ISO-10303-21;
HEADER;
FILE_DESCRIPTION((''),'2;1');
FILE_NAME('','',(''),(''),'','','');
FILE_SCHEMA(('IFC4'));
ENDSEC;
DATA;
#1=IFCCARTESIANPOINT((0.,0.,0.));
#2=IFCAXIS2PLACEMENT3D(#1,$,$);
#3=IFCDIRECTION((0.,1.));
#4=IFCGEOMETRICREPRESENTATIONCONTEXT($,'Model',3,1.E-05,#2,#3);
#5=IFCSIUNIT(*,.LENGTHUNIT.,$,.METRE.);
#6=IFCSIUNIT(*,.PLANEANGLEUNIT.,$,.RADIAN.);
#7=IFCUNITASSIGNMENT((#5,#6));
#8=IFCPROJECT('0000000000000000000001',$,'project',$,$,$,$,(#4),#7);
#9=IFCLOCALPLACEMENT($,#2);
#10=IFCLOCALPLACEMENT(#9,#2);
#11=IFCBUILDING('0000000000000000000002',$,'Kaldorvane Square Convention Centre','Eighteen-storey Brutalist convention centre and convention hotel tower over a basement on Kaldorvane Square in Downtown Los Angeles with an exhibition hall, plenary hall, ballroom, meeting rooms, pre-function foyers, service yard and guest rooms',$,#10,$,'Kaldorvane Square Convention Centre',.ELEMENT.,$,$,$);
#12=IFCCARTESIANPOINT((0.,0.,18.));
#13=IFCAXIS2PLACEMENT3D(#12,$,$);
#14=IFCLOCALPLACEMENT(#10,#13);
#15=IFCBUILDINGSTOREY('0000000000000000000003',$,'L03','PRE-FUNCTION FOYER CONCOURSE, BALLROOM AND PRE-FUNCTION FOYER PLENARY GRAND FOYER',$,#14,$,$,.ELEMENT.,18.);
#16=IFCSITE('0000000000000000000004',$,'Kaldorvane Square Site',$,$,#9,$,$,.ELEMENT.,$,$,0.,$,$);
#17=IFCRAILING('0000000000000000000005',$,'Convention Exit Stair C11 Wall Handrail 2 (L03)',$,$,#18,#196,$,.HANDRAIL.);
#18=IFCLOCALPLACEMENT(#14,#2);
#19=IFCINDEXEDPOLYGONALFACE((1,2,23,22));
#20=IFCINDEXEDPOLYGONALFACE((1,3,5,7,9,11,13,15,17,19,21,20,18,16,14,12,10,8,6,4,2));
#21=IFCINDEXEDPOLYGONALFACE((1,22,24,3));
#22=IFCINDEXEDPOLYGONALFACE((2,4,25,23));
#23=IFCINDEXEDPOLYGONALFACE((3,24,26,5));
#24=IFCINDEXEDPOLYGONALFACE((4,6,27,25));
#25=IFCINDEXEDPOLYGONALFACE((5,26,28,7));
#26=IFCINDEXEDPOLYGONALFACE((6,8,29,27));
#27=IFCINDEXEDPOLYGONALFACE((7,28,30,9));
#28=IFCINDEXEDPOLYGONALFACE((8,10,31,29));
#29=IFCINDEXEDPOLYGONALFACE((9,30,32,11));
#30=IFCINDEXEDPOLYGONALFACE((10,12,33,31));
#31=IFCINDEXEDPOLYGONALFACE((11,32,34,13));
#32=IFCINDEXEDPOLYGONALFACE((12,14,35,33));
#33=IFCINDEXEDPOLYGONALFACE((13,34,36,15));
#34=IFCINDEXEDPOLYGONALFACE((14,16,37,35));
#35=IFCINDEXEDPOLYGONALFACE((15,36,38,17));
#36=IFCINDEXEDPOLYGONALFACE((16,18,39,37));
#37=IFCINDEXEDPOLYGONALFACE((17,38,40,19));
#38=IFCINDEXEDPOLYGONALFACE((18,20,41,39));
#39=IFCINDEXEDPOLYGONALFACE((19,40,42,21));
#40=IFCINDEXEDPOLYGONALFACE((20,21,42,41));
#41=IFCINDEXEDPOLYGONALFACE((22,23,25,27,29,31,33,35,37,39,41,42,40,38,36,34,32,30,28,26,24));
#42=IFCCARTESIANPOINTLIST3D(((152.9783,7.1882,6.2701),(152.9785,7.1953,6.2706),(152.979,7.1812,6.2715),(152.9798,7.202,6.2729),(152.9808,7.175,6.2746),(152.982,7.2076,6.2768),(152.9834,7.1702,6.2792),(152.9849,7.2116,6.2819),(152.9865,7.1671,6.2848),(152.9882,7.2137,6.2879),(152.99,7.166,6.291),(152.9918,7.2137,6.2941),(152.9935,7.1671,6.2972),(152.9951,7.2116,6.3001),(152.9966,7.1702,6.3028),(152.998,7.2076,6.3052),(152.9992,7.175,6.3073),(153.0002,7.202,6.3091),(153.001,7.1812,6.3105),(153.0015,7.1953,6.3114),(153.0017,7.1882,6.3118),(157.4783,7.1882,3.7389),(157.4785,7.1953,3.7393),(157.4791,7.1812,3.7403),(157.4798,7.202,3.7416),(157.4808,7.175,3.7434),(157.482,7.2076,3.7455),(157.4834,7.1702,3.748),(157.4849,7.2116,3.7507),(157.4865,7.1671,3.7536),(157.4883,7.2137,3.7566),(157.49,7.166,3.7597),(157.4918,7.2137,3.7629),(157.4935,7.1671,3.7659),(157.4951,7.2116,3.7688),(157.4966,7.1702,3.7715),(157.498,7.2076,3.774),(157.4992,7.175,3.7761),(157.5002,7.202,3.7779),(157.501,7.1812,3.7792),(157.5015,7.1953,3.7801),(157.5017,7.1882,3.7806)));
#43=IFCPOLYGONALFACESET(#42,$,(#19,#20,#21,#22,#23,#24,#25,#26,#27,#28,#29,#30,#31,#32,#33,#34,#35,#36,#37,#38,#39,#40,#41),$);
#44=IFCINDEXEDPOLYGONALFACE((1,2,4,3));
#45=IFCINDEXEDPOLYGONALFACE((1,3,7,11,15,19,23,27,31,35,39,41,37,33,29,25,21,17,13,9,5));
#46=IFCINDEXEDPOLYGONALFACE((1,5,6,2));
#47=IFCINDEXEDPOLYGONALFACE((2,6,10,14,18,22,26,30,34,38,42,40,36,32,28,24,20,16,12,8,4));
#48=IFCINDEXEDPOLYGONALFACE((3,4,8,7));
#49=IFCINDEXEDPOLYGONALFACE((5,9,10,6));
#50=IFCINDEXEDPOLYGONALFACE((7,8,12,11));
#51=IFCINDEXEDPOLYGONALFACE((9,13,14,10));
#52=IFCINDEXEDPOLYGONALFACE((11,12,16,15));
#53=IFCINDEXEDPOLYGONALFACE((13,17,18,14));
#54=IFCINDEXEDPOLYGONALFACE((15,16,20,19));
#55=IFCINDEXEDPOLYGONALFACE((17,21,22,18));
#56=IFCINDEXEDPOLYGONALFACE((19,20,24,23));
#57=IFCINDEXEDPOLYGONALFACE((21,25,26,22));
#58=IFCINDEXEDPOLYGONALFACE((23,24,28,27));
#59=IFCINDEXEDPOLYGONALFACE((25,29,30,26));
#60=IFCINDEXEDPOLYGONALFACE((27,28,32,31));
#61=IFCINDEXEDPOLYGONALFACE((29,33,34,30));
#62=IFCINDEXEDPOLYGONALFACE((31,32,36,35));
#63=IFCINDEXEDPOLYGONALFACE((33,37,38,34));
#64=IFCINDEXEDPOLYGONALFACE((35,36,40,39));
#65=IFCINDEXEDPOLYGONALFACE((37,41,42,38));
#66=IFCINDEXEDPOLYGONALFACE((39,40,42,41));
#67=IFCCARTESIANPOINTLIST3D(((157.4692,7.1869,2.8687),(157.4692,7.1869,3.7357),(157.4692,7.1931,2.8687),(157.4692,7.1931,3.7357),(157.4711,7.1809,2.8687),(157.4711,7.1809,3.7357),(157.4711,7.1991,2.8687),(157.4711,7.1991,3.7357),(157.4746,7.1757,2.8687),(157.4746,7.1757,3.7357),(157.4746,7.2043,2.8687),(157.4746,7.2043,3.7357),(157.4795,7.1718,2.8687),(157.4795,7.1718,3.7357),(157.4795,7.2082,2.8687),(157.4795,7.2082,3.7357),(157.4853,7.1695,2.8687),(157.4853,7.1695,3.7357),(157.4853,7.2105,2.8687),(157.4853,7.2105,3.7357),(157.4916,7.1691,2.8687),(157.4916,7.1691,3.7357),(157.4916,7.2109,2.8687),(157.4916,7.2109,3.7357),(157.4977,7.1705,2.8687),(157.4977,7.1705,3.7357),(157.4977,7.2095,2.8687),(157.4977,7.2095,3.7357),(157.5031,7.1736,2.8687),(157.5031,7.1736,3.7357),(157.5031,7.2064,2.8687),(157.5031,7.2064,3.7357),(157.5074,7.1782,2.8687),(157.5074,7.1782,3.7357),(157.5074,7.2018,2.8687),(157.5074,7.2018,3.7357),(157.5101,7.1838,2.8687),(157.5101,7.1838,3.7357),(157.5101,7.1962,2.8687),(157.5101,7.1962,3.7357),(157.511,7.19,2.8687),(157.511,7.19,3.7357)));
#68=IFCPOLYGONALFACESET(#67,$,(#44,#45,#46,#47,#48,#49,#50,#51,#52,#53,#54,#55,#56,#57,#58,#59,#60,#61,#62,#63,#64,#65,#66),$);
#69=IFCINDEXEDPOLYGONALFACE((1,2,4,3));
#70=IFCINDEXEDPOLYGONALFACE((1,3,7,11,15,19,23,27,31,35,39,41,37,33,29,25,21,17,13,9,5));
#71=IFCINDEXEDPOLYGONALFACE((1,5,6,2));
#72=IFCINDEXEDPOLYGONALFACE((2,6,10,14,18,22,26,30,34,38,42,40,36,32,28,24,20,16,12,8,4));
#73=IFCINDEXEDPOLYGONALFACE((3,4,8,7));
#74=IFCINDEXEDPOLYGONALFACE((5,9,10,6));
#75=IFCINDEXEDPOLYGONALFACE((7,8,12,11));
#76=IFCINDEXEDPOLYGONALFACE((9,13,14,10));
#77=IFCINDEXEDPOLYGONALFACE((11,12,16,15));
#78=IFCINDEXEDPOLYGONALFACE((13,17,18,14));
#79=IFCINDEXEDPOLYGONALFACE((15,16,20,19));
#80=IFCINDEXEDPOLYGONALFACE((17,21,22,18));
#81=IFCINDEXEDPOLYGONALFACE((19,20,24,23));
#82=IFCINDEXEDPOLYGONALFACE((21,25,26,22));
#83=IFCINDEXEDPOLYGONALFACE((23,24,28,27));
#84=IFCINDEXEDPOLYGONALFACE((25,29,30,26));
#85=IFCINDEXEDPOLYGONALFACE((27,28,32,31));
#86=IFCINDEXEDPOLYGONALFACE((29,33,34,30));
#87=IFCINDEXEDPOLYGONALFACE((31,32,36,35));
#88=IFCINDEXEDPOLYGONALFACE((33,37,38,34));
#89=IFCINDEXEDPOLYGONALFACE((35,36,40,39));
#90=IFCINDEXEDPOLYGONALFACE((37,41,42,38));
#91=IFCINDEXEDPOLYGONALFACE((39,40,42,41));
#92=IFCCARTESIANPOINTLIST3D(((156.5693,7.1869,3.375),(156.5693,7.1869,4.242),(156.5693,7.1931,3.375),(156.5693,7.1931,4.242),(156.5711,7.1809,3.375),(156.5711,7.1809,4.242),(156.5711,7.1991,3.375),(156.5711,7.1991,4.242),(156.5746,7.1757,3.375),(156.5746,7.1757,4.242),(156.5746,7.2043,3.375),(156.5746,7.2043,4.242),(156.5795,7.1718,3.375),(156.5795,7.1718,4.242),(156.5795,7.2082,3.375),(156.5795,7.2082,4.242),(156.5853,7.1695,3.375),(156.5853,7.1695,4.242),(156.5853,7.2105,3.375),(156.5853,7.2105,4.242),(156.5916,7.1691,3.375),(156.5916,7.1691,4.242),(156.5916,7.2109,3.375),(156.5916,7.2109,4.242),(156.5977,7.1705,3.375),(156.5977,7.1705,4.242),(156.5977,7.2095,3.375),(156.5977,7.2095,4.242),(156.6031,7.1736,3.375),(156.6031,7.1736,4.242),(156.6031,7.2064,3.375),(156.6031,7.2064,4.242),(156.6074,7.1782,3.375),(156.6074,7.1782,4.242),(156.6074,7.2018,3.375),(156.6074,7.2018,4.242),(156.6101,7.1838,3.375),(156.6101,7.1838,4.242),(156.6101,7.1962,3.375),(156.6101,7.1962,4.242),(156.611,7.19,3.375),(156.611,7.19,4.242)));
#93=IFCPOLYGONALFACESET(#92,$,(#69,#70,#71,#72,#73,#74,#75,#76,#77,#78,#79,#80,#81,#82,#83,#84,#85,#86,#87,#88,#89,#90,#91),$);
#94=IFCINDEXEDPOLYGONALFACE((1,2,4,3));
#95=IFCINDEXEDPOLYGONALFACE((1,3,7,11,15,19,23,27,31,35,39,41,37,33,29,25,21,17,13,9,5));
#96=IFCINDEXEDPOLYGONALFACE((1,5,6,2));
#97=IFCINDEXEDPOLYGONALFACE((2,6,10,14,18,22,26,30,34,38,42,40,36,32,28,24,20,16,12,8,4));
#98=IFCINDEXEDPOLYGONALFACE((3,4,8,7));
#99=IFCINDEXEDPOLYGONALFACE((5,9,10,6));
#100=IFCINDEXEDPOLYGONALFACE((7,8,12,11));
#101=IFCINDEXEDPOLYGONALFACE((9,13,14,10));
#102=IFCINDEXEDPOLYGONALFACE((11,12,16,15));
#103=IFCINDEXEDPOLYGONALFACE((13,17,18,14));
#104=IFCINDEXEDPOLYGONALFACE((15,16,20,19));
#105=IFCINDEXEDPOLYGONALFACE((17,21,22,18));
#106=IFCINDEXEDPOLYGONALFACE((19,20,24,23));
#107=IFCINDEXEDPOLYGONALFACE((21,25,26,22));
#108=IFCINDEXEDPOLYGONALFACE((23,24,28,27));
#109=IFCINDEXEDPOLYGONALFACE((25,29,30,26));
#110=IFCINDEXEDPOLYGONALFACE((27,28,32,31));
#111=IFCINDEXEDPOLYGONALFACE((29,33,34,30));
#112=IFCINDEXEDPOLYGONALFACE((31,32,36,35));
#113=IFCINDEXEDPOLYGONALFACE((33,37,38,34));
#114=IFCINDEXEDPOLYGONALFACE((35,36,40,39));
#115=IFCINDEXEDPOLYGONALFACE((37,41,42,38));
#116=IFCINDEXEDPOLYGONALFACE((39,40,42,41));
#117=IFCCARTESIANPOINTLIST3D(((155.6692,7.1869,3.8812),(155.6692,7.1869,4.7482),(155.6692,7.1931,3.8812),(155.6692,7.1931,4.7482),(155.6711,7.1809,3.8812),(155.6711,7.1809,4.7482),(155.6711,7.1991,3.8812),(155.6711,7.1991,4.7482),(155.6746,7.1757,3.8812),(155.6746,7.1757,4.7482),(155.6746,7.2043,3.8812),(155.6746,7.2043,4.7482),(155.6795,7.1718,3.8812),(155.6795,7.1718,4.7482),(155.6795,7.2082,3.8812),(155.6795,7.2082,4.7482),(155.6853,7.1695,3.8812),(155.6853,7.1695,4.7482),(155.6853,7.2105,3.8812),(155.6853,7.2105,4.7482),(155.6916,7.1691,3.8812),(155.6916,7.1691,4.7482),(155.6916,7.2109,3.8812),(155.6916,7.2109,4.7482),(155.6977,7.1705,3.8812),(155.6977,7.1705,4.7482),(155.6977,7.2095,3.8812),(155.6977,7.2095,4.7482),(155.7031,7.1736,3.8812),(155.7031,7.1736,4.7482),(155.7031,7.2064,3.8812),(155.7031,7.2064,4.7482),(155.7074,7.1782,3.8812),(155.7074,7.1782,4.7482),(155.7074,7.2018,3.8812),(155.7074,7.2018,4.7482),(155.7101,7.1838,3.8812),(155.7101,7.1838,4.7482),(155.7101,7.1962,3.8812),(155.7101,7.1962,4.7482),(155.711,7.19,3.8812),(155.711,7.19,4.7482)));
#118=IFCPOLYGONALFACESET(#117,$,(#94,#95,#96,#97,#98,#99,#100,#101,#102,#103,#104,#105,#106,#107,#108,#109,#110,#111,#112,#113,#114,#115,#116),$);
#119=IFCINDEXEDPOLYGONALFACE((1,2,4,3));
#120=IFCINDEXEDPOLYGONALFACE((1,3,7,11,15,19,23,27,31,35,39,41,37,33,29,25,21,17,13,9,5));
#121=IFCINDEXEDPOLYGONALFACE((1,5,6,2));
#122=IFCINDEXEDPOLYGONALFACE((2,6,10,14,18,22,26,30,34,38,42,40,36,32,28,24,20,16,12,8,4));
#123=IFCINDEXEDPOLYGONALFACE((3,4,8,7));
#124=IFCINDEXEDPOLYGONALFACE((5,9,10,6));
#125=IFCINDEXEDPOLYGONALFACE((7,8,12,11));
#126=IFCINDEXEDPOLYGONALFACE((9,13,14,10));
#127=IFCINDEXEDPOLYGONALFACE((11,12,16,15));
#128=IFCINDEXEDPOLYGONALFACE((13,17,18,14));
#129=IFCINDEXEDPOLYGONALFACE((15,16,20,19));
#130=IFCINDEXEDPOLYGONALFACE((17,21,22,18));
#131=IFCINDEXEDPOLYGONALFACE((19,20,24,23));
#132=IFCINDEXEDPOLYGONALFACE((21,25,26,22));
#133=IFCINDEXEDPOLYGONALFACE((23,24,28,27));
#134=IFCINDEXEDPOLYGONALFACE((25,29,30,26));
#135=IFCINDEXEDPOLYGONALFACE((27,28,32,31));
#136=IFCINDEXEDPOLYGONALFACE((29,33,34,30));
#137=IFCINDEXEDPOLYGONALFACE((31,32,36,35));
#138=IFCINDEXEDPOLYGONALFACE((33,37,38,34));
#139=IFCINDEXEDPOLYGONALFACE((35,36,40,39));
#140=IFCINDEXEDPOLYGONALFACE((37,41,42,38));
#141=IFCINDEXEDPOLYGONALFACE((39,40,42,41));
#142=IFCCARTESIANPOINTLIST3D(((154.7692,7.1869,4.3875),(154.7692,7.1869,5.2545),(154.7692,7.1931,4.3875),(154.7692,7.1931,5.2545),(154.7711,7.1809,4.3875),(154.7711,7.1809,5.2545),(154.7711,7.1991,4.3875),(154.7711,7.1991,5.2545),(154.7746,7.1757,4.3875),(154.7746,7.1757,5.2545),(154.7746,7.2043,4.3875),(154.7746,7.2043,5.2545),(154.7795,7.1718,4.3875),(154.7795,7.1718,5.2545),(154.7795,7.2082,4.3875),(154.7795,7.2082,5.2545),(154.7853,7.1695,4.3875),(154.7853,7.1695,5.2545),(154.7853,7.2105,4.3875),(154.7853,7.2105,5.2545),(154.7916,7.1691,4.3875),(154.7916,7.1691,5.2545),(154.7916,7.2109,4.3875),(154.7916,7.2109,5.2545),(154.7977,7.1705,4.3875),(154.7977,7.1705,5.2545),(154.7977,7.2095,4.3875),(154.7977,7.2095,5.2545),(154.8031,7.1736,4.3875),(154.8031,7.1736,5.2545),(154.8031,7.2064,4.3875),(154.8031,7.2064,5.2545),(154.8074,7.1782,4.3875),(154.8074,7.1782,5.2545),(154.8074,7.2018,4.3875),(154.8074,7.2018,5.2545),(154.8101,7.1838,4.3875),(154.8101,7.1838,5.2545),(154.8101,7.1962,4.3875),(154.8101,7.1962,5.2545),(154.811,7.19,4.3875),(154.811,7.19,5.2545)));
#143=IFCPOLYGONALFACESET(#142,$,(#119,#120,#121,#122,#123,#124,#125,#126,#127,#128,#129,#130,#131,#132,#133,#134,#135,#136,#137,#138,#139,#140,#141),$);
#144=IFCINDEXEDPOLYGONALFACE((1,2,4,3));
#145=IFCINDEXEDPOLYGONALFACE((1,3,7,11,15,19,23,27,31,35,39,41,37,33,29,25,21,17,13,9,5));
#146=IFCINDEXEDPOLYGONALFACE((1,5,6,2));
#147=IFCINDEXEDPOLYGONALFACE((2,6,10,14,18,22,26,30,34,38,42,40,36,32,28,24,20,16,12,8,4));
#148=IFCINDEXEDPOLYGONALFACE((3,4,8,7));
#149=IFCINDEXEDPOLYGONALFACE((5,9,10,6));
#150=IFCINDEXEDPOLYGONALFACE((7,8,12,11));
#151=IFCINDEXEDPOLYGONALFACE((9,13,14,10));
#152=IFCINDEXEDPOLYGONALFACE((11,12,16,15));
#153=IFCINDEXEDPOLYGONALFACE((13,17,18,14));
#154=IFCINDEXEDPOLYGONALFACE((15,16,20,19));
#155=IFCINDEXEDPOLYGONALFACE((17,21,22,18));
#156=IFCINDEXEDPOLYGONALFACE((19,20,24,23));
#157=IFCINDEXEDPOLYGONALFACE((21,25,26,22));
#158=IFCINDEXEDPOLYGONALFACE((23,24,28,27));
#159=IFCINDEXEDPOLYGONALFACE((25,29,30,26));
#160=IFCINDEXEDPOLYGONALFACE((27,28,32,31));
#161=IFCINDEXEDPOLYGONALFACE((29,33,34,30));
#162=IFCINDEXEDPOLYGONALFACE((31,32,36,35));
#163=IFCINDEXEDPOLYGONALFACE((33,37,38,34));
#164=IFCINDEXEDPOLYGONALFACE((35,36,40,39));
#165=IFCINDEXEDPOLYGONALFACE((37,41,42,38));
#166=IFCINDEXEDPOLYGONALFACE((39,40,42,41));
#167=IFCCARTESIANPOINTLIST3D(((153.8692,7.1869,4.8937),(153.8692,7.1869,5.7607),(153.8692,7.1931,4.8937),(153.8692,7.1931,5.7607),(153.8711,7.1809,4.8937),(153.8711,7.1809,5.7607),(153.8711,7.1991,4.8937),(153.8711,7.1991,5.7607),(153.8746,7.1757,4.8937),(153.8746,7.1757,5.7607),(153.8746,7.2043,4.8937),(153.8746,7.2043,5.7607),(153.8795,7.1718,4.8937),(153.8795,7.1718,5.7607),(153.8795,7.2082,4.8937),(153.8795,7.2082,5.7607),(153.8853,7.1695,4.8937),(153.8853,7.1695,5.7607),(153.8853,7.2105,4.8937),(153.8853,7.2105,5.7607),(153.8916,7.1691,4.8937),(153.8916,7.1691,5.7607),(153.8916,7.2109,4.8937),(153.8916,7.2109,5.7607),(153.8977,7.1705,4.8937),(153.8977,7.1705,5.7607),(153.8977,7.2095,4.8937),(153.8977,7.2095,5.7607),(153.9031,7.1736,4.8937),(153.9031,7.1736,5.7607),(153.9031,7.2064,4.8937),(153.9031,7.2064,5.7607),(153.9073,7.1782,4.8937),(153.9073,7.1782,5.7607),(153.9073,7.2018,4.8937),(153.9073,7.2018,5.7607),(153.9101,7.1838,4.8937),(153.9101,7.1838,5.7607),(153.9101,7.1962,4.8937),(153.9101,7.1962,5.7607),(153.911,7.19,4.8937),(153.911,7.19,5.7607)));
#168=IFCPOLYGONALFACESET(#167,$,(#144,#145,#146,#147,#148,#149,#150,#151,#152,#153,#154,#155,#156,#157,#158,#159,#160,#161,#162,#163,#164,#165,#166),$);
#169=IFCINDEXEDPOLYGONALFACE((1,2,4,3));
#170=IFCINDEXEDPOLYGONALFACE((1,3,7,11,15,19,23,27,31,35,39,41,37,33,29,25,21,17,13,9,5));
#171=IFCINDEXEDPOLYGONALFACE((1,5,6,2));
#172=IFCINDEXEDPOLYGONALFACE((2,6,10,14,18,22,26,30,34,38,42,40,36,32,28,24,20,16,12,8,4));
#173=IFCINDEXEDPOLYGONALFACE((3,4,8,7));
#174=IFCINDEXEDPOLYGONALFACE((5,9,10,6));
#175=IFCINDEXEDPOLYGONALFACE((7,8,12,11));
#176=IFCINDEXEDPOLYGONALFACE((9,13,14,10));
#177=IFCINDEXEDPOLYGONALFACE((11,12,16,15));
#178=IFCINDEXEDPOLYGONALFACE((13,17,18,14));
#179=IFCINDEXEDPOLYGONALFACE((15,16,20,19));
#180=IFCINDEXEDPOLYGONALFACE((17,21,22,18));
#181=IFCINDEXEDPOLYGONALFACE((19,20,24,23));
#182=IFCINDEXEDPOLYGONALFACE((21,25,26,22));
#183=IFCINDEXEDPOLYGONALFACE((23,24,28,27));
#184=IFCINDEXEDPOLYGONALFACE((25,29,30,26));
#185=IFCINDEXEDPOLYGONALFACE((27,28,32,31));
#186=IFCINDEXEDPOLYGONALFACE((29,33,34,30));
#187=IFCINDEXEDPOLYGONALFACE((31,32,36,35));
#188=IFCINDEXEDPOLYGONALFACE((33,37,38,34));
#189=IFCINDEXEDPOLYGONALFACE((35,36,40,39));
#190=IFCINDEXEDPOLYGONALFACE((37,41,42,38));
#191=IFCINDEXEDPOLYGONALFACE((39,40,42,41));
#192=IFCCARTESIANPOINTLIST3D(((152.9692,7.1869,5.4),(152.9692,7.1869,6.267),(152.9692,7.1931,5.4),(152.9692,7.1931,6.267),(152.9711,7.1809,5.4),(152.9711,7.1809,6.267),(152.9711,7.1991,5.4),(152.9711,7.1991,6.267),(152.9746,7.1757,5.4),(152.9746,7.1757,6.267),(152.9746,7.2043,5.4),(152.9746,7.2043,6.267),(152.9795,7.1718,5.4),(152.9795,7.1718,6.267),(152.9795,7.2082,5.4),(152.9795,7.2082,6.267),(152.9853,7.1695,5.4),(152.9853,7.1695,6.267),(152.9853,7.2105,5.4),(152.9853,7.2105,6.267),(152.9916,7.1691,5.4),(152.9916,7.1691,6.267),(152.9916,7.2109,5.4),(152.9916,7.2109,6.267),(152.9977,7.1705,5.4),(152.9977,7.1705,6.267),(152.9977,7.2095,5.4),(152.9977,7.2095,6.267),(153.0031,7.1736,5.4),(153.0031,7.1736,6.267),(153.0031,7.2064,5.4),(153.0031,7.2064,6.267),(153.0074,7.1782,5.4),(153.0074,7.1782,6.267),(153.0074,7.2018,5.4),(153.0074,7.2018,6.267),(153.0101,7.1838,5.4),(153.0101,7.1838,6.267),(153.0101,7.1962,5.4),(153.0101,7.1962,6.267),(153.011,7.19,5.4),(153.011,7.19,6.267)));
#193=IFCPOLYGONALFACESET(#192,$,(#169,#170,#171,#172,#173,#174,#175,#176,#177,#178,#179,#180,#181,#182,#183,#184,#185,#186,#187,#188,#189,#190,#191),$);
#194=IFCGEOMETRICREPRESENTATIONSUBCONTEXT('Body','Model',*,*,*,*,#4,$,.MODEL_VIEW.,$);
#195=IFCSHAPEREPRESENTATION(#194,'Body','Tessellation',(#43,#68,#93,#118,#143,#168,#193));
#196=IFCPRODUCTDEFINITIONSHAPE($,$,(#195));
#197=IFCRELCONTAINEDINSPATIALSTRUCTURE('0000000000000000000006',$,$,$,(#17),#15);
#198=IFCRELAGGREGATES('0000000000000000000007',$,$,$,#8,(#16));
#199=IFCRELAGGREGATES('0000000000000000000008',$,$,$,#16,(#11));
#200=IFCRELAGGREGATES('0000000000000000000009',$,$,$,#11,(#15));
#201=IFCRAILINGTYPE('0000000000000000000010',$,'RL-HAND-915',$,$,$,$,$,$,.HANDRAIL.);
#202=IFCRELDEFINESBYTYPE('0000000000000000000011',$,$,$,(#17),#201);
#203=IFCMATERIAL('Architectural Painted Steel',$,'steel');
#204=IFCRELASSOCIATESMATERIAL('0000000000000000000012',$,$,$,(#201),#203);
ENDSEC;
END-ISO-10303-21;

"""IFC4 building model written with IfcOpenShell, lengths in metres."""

from ifc_helpers import new_model, si_unit, direction, frame, origin, origin_2d, place, context, subcontext, project, spatial, circle, extrude, material, type_object, element, save


model = new_model("IFC4")

# Units and contexts
model_context = context("Model", 3, precision=1e-05, world=origin(), true_north=direction((0.0, 1.0)))
body_context = subcontext(model_context, "Body", "Model", "MODEL_VIEW")
ifc_project = project(units=[si_unit("LENGTHUNIT", "METRE"), si_unit("PLANEANGLEUNIT", "RADIAN")], contexts=[model_context])

# Site, building, storey
site_placement = place(None, origin())
site = spatial("IfcSite", under=ifc_project, at=site_placement, Name="Kaldorvane Square Site", CompositionType="ELEMENT", RefElevation=0.0)
building_placement = place(site_placement, origin())
building = spatial("IfcBuilding", under=site, at=building_placement, Name="Kaldorvane Square Convention Centre", Description="Eighteen-storey Brutalist convention centre and convention hotel tower over a basement on Kaldorvane Square in Downtown Los Angeles with an exhibition hall, plenary hall, ballroom, meeting rooms, pre-function foyers, service yard and guest rooms", LongName="Kaldorvane Square Convention Centre", CompositionType="ELEMENT")
storey_placement = place(building_placement, frame((0.0, 0.0, 18.0)))
storey = spatial("IfcBuildingStorey", under=building, at=storey_placement, Name="L03", Description="PRE-FUNCTION FOYER CONCOURSE, BALLROOM AND PRE-FUNCTION FOYER PLENARY GRAND FOYER", CompositionType="ELEMENT", Elevation=18.0)

# Railing
ifc_material_1 = material(Name="Architectural Painted Steel", Category="steel")
railing_type_1 = type_object("IfcRailingType", Name="RL-HAND-915", PredefinedType="HANDRAIL", material=ifc_material_1)
railing_1_placement = place(storey_placement, frame((157.49, 7.19, 2.8687)))
element("IfcRailing", 1, at=railing_1_placement, inside=storey, type_object=railing_type_1, Name="Convention Exit Stair C11 Wall Handrail 2 (L03)", PredefinedType="HANDRAIL", context=body_context, shape_type="SweptSolid", body=[
    extrude(circle(Radius=0.024, at=origin_2d()), frame((0.0, 0.0, 0.891), z_axis=(-0.871576, 0.0, 0.490261), x_axis=(0.0, -1.0, 0.0)), (0.0, 0.0, 1.0), 5.1631),
    extrude(circle(Radius=0.021, at=origin_2d()), origin(), (0.0, 0.0, 1.0), 0.867),
    extrude(circle(Radius=0.021, at=origin_2d()), frame((-0.9, 0.0, 0.5063)), (0.0, 0.0, 1.0), 0.867),
    extrude(circle(Radius=0.021, at=origin_2d()), frame((-1.8, 0.0, 1.0125)), (0.0, 0.0, 1.0), 0.867),
    extrude(circle(Radius=0.021, at=origin_2d()), frame((-2.7, 0.0, 1.5188)), (0.0, 0.0, 1.0), 0.867),
    extrude(circle(Radius=0.021, at=origin_2d()), frame((-3.6, 0.0, 2.025)), (0.0, 0.0, 1.0), 0.867),
    extrude(circle(Radius=0.021, at=origin_2d()), frame((-4.5, 0.0, 2.5312)), (0.0, 0.0, 1.0), 0.867),
])

save(model, "model.ifc")
